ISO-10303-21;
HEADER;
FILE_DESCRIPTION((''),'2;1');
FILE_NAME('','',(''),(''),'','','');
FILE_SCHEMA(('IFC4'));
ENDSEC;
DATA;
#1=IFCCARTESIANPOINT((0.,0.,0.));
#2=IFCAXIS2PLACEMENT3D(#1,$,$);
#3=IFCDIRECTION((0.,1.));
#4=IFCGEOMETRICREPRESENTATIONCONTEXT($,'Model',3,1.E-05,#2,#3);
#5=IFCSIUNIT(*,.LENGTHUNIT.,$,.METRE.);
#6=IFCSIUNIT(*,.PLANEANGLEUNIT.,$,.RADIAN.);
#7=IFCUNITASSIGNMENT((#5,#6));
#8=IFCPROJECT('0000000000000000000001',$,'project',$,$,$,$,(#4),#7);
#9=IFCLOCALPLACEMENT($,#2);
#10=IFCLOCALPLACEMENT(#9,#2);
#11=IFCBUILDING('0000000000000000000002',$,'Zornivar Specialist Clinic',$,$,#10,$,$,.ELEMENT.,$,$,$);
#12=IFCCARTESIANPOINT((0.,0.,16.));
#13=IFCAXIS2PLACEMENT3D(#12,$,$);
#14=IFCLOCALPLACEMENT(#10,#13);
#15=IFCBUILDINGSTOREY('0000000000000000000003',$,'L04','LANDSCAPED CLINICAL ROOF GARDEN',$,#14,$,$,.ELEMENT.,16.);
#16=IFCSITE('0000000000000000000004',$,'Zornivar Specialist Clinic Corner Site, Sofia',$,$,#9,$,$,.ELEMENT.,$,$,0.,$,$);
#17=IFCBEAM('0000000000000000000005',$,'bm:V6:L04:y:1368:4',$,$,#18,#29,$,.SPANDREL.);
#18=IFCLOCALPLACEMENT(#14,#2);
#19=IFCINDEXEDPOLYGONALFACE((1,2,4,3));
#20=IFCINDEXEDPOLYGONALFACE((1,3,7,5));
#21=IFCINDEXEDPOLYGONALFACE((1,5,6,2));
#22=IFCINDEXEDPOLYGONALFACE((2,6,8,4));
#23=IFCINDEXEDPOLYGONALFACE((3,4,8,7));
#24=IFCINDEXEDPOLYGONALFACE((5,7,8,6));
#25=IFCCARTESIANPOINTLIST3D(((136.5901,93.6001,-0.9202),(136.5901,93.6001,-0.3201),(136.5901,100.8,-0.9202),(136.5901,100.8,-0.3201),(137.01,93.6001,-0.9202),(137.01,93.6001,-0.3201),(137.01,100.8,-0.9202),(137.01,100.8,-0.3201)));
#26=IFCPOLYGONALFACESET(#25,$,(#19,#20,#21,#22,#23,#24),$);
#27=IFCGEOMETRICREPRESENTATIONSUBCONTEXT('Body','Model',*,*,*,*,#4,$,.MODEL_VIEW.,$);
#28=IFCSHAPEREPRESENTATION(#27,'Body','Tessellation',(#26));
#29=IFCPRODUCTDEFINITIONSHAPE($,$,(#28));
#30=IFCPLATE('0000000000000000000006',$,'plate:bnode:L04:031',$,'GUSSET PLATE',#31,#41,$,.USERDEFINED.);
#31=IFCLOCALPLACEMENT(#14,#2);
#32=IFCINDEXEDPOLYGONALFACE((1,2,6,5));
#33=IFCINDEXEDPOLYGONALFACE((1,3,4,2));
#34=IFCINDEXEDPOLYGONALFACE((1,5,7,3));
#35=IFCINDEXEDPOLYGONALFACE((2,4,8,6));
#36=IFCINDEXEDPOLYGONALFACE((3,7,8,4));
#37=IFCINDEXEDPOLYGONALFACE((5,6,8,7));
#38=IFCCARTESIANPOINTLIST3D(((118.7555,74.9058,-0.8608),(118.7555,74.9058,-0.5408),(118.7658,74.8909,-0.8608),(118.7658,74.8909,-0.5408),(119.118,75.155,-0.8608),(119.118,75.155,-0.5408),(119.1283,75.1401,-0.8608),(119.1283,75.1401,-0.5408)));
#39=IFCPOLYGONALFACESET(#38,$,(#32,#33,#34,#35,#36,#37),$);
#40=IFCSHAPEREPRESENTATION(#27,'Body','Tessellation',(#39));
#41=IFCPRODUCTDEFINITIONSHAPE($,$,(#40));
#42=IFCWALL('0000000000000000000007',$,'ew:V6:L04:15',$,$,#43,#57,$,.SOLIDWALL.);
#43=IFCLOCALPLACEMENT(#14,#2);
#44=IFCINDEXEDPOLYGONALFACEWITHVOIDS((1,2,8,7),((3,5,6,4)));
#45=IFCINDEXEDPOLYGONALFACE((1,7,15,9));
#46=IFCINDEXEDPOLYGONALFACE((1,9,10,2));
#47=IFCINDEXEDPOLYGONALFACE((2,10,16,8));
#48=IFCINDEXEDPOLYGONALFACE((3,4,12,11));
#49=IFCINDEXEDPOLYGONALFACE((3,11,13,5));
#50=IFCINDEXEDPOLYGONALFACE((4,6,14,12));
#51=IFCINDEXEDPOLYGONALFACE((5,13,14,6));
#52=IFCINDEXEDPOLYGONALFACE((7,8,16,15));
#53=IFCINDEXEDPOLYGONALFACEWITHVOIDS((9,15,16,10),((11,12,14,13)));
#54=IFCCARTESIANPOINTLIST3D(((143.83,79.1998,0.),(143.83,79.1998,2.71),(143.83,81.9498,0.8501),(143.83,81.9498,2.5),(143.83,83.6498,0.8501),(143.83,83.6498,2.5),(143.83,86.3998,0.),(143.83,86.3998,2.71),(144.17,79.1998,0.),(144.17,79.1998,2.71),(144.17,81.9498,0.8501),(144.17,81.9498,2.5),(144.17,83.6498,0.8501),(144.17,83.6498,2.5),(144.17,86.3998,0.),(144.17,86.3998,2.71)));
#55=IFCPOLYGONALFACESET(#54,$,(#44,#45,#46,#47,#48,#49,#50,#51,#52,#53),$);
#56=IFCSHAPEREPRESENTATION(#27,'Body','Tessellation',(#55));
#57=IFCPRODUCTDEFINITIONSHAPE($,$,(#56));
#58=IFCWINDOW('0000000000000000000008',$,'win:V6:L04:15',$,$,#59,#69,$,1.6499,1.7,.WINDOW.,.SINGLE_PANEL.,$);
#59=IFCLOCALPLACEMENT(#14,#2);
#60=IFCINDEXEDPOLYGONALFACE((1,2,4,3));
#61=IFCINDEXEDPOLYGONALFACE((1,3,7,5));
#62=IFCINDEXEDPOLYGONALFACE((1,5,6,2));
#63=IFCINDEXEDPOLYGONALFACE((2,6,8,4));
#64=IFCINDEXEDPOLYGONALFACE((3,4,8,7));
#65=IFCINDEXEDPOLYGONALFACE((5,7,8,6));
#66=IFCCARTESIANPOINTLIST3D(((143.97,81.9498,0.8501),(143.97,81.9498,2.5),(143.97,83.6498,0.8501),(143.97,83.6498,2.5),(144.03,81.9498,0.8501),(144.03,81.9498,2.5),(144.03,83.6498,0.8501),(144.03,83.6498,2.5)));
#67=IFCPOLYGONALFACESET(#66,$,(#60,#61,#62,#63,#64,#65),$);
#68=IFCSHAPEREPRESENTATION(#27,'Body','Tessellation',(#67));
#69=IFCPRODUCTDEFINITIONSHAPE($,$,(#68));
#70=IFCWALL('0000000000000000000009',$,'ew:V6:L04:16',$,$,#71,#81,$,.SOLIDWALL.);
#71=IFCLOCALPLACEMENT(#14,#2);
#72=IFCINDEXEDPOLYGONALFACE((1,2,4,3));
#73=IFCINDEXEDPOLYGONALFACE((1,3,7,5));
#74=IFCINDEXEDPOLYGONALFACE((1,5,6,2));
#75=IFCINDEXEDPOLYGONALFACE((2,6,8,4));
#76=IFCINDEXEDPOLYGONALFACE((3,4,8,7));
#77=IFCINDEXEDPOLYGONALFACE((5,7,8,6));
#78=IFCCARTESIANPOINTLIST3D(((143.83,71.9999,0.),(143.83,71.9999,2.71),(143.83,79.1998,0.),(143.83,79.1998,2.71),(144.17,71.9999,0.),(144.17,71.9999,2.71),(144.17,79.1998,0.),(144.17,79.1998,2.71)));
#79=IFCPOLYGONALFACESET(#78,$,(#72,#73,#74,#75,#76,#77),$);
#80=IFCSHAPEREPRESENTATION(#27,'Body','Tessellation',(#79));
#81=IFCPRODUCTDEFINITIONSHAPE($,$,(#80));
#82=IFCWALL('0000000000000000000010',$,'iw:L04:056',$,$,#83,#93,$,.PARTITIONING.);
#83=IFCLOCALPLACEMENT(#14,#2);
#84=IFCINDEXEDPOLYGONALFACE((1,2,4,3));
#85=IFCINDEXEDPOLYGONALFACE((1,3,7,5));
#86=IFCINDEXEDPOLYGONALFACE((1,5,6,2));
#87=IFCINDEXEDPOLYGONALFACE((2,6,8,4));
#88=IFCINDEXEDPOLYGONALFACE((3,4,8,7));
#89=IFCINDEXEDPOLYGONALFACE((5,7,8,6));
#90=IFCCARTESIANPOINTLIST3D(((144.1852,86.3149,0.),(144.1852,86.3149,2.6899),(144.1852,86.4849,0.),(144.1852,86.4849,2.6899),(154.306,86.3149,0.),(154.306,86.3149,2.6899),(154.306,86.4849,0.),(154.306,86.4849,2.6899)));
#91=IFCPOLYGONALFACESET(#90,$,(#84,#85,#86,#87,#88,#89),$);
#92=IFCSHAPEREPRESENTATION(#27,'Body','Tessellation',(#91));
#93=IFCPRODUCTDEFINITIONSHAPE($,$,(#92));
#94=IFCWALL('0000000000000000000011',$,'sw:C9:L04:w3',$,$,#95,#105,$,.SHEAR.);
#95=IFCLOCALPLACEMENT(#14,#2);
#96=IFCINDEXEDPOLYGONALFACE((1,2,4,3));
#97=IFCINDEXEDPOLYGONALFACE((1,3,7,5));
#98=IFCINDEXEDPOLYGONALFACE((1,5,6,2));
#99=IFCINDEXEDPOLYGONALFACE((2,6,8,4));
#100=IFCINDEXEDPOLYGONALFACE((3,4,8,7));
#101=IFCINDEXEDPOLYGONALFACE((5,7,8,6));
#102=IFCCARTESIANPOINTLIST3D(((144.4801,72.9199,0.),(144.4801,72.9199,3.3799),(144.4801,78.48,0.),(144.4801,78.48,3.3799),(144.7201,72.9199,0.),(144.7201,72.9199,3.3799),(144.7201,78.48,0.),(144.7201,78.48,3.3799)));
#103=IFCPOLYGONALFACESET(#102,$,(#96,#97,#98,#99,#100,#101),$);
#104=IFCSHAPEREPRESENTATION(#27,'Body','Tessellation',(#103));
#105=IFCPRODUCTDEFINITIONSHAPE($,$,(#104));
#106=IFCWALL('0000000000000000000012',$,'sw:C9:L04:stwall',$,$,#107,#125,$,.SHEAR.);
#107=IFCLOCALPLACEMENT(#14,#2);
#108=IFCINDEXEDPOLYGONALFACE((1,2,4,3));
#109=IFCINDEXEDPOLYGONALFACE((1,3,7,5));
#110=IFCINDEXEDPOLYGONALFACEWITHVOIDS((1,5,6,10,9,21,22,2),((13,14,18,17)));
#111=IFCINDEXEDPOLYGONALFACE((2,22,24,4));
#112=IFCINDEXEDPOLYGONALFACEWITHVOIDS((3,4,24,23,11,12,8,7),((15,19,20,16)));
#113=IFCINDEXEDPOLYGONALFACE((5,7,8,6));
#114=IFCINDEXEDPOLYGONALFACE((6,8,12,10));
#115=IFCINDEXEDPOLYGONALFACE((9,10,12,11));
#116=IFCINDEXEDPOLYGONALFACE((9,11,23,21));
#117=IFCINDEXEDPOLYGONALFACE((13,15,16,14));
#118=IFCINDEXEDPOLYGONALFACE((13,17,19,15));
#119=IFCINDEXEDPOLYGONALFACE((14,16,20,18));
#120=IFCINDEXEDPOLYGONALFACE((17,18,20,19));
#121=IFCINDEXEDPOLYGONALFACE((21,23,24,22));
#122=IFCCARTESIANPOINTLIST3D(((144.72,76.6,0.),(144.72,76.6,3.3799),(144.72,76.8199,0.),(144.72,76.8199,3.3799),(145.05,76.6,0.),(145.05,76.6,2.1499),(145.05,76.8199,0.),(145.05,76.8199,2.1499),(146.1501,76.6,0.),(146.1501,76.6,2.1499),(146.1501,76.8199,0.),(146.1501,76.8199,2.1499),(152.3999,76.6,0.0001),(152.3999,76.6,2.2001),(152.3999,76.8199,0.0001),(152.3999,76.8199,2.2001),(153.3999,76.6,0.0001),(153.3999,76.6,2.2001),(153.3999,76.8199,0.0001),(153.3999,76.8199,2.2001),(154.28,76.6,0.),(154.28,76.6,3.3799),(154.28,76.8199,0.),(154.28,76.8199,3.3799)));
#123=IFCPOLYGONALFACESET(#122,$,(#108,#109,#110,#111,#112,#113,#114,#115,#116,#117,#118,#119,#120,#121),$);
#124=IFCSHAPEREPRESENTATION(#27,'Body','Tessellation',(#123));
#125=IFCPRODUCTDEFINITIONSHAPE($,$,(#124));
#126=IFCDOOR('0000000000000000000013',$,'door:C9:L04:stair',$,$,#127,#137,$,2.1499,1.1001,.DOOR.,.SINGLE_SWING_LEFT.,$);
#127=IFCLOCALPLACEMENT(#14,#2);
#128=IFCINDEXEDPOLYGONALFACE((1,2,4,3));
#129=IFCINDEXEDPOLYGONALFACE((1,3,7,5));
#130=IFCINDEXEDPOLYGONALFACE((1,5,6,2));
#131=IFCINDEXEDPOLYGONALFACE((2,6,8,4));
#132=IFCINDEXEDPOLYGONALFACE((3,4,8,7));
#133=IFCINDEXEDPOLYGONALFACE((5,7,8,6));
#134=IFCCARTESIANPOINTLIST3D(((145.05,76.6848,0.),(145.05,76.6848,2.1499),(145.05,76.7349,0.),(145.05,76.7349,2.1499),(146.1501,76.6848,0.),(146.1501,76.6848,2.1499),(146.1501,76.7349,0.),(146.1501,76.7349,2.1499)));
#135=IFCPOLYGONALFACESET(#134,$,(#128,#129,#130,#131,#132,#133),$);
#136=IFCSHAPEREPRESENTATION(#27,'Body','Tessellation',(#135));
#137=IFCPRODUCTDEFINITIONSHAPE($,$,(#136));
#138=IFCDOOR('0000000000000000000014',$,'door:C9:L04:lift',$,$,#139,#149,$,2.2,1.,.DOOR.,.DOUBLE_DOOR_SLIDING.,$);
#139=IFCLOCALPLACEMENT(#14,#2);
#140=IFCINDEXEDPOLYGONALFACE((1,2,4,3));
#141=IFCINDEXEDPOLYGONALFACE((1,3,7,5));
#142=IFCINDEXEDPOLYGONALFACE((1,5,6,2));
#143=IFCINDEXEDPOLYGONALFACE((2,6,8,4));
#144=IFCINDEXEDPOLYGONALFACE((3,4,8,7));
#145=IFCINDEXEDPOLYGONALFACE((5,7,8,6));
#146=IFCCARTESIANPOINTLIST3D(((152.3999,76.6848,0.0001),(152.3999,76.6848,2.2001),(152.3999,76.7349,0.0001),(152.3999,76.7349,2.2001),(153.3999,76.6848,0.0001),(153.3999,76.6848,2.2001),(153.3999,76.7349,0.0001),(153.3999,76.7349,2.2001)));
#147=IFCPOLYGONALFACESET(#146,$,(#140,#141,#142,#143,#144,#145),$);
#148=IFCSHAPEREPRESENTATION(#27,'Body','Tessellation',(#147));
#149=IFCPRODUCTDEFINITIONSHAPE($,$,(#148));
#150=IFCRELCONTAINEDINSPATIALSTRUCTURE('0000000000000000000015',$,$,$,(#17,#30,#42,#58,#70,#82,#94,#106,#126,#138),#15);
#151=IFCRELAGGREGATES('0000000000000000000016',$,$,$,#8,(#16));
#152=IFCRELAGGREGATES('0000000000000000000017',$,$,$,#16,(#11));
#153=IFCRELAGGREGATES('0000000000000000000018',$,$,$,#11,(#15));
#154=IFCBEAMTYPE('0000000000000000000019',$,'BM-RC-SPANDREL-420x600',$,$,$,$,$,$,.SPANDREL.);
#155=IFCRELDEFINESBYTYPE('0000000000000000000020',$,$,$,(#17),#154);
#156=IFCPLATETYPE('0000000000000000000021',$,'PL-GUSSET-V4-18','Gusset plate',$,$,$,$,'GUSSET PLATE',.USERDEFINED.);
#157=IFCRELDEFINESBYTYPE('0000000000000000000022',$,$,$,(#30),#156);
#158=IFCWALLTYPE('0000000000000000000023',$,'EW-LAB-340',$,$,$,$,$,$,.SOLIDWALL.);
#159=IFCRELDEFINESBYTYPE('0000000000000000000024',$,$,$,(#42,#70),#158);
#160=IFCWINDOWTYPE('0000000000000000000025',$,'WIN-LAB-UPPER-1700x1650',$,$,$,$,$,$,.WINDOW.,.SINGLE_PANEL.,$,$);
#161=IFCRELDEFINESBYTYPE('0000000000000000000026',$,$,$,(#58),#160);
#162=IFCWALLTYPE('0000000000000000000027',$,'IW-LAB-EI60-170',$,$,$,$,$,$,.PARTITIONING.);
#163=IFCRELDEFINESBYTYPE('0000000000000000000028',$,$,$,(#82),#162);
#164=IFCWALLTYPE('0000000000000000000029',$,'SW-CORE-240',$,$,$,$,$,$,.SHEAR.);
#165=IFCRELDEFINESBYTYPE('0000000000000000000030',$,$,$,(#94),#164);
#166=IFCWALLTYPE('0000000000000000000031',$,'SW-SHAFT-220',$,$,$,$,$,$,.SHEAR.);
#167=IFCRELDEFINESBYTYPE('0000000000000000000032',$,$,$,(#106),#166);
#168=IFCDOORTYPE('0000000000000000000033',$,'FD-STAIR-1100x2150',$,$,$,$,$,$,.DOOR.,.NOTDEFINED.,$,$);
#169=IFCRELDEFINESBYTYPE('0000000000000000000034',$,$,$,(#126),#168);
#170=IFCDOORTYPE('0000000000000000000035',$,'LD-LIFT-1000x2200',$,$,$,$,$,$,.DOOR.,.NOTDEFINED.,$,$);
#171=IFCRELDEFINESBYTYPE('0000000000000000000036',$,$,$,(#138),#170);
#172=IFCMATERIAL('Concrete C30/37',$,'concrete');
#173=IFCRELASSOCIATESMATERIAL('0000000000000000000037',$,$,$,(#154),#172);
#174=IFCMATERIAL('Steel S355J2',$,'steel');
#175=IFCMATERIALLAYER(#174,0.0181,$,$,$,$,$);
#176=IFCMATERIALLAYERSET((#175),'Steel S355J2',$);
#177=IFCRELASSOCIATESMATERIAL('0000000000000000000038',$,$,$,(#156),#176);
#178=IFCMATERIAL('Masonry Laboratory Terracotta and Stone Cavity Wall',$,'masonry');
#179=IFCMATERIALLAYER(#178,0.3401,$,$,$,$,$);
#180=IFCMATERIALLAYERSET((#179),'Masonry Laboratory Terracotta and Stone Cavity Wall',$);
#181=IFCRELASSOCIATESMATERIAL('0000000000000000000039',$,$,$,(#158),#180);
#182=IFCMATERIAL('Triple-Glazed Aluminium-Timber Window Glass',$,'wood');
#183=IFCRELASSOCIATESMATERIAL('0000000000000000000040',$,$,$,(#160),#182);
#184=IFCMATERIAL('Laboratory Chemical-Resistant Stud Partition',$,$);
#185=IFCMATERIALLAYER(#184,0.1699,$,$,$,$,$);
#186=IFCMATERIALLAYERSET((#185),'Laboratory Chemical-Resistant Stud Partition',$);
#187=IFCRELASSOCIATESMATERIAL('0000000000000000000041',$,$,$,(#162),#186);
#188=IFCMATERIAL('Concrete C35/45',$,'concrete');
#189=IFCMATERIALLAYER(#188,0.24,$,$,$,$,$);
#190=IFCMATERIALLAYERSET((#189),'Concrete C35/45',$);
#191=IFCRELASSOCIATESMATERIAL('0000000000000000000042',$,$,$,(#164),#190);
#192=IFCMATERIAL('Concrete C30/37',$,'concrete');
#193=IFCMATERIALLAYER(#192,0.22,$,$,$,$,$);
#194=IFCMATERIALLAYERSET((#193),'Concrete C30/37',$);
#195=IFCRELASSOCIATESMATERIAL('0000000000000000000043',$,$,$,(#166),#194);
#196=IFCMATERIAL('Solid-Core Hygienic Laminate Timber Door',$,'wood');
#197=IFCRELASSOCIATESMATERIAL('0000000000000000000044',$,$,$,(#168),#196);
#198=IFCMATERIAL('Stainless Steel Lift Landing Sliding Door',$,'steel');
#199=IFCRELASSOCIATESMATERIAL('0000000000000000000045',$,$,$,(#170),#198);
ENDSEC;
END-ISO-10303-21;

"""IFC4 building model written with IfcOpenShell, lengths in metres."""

from ifc_helpers import new_model, si_unit, direction, frame, frame_2d, origin, origin_2d, place, context, subcontext, project, spatial, rectangle, extrude, material, layer, layer_set, material_profile, profile_set, type_object, element, fill, save


model = new_model("IFC4")

# Units and contexts
model_context = context("Model", 3, precision=1e-05, world=origin(), true_north=direction((0.0, 1.0)))
body_context = subcontext(model_context, "Body", "Model", "MODEL_VIEW")
ifc_project = project(units=[si_unit("LENGTHUNIT", "METRE"), si_unit("PLANEANGLEUNIT", "RADIAN")], contexts=[model_context])

# Site, building, storey
site_placement = place(None, origin())
site = spatial("IfcSite", under=ifc_project, at=site_placement, Name="Zornivar Specialist Clinic Corner Site, Sofia", CompositionType="ELEMENT", RefElevation=0.0)
building_placement = place(site_placement, origin())
building = spatial("IfcBuilding", under=site, at=building_placement, Name="Zornivar Specialist Clinic", CompositionType="ELEMENT")
storey_placement = place(building_placement, frame((0.0, 0.0, 16.0)))
storey = spatial("IfcBuildingStorey", under=building, at=storey_placement, Name="L04", Description="LANDSCAPED CLINICAL ROOF GARDEN", CompositionType="ELEMENT", Elevation=16.0)

# Beam
ifc_material_1 = material(Name="Concrete C30/37", Category="concrete")
ifc_material_profile_1 = material_profile(ifc_material_1, rectangle(XDim=0.4199, YDim=0.6001, at=origin_2d()), Name="RC 420x600")
ifc_profile_set_1 = profile_set([ifc_material_profile_1], Name="Concrete C30/37")
beam_type_1 = type_object("IfcBeamType", Name="BM-RC-SPANDREL-420x600", PredefinedType="SPANDREL", material=ifc_profile_set_1)
beam_1_placement = place(storey_placement, frame((136.8, 93.6001, -0.6201), z_axis=(0.0, 1.0, 0.0), x_axis=(-1.0, 0.0, 0.0)))
element("IfcBeam", 1, at=beam_1_placement, inside=storey, type_object=beam_type_1, Name="bm:V6:L04:y:1368:4", PredefinedType="SPANDREL", context=body_context, shape_type="SweptSolid", body=[
    extrude(rectangle(XDim=0.4199, YDim=0.6001, at=origin_2d()), origin(), (0.0, 0.0, 1.0), 7.2),
])

# Plate
ifc_material_2 = material(Name="Steel S355J2", Category="steel")
ifc_layer_1 = layer(ifc_material_2, 0.0181)
ifc_layer_set_1 = layer_set([ifc_layer_1], Name="Steel S355J2")
plate_type = type_object("IfcPlateType", Name="PL-GUSSET-V4-18", Description="Gusset plate", ElementType="GUSSET PLATE", PredefinedType="USERDEFINED", material=ifc_layer_set_1)
plate_placement = place(storey_placement, frame((118.9419, 75.0229, -0.8608), z_axis=(0.0, 0.0, 1.0), x_axis=(0.824027, 0.56655, 0.0)))
element("IfcPlate", 2, at=plate_placement, inside=storey, type_object=plate_type, Name="plate:bnode:L04:031", ObjectType="GUSSET PLATE", PredefinedType="USERDEFINED", context=body_context, shape_type="SweptSolid", body=[
    extrude(rectangle(XDim=0.4399, YDim=0.0181, at=origin_2d()), origin(), (0.0, 0.0, 1.0), 0.3201),
])

# Wall, opening, window
ifc_material_3 = material(Name="Masonry Laboratory Terracotta and Stone Cavity Wall", Category="masonry")
ifc_layer_2 = layer(ifc_material_3, 0.3401)
ifc_layer_set_2 = layer_set([ifc_layer_2], Name="Masonry Laboratory Terracotta and Stone Cavity Wall")
wall_type_1 = type_object("IfcWallType", Name="EW-LAB-340", PredefinedType="SOLIDWALL", material=ifc_layer_set_2)
wall_1_placement = place(storey_placement, frame((144.0, 86.3999, 0.0), z_axis=(0.0, 0.0, 1.0), x_axis=(0.0, -1.0, 0.0)))
wall_1 = element("IfcWall", 3, at=wall_1_placement, inside=storey, type_object=wall_type_1, Name="ew:V6:L04:15", PredefinedType="SOLIDWALL", context=body_context, shape_type="SweptSolid", body=[
    extrude(rectangle(XDim=7.2, YDim=0.3401, at=frame_2d((3.6001, 0.0))), origin(), (0.0, 0.0, 1.0), 2.71),
])
opening_1_placement = place(wall_1_placement, frame((2.75, 0.0, 0.8501)))
opening_1 = element("IfcOpeningElement", 4, at=opening_1_placement, cuts=wall_1, PredefinedType="OPENING", context=body_context, shape_type="SweptSolid", body=[
    extrude(rectangle(XDim=1.7, YDim=1.6499, at=frame_2d((0.8501, 0.825))), frame((0.0, 0.1799, 0.0), z_axis=(0.0, -1.0, 0.0), x_axis=(1.0, 0.0, 0.0)), (0.0, 0.0, 1.0), 0.3601),
])
ifc_material_4 = material(Name="Triple-Glazed Aluminium-Timber Window Glass", Category="wood")
window_type = type_object("IfcWindowType", Name="WIN-LAB-UPPER-1700x1650", PartitioningType="SINGLE_PANEL", PredefinedType="WINDOW", material=ifc_material_4)
window_placement = place(opening_1_placement, origin())
window = element("IfcWindow", 5, at=window_placement, inside=storey, type_object=window_type, Name="win:V6:L04:15", OverallHeight=1.6499, OverallWidth=1.7, PartitioningType="SINGLE_PANEL", PredefinedType="WINDOW", context=body_context, shape_type="SweptSolid", body=[
    extrude(rectangle(XDim=1.7, YDim=1.6499, at=frame_2d((0.8501, 0.825))), frame((0.0, 0.03, 0.0), z_axis=(0.0, -1.0, 0.0), x_axis=(1.0, 0.0, 0.0)), (0.0, 0.0, 1.0), 0.0601),
])
fill(opening_1, window)

# Walls
wall_2_placement = place(storey_placement, frame((144.0, 79.2, 0.0), z_axis=(0.0, 0.0, 1.0), x_axis=(0.0, -1.0, 0.0)))
element("IfcWall", 6, at=wall_2_placement, inside=storey, type_object=wall_type_1, Name="ew:V6:L04:16", PredefinedType="SOLIDWALL", context=body_context, shape_type="SweptSolid", body=[
    extrude(rectangle(XDim=7.2, YDim=0.3401, at=frame_2d((3.6001, 0.0))), origin(), (0.0, 0.0, 1.0), 2.71),
])
ifc_material_5 = material(Name="Laboratory Chemical-Resistant Stud Partition")
ifc_layer_3 = layer(ifc_material_5, 0.1699)
ifc_layer_set_3 = layer_set([ifc_layer_3], Name="Laboratory Chemical-Resistant Stud Partition")
wall_type_2 = type_object("IfcWallType", Name="IW-LAB-EI60-170", PredefinedType="PARTITIONING", material=ifc_layer_set_3)
wall_3_placement = place(storey_placement, frame((144.1851, 86.3999, 0.0), z_axis=(0.0, 0.0, 1.0), x_axis=(1.0, 0.0, 0.0)))
element("IfcWall", 7, at=wall_3_placement, inside=storey, type_object=wall_type_2, Name="iw:L04:056", PredefinedType="PARTITIONING", context=body_context, shape_type="SweptSolid", body=[
    extrude(rectangle(XDim=10.1208, YDim=0.1699, at=frame_2d((5.0605, 0.0))), origin(), (0.0, 0.0, 1.0), 2.6899),
])
ifc_material_6 = material(Name="Concrete C35/45", Category="concrete")
ifc_layer_4 = layer(ifc_material_6, 0.24)
ifc_layer_set_4 = layer_set([ifc_layer_4], Name="Concrete C35/45")
wall_type_3 = type_object("IfcWallType", Name="SW-CORE-240", PredefinedType="SHEAR", material=ifc_layer_set_4)
wall_4_placement = place(storey_placement, frame((144.6001, 78.48, 0.0), z_axis=(0.0, 0.0, 1.0), x_axis=(0.0, -1.0, 0.0)))
element("IfcWall", 8, at=wall_4_placement, inside=storey, type_object=wall_type_3, Name="sw:C9:L04:w3", PredefinedType="SHEAR", context=body_context, shape_type="SweptSolid", body=[
    extrude(rectangle(XDim=5.5601, YDim=0.24, at=frame_2d((2.78, 0.0))), origin(), (0.0, 0.0, 1.0), 3.3799),
])

# Wall, openings, doors
ifc_material_7 = material(Name="Concrete C30/37", Category="concrete")
ifc_layer_5 = layer(ifc_material_7, 0.22)
ifc_layer_set_5 = layer_set([ifc_layer_5], Name="Concrete C30/37")
wall_type_4 = type_object("IfcWallType", Name="SW-SHAFT-220", PredefinedType="SHEAR", material=ifc_layer_set_5)
wall_5_placement = place(storey_placement, frame((144.72, 76.71, 0.0), z_axis=(0.0, 0.0, 1.0), x_axis=(1.0, 0.0, 0.0)))
wall_5 = element("IfcWall", 9, at=wall_5_placement, inside=storey, type_object=wall_type_4, Name="sw:C9:L04:stwall", PredefinedType="SHEAR", context=body_context, shape_type="SweptSolid", body=[
    extrude(rectangle(XDim=9.5601, YDim=0.22, at=frame_2d((4.78, 0.0))), origin(), (0.0, 0.0, 1.0), 3.3799),
])
opening_2_placement = place(wall_5_placement, frame((0.3301, 0.0, 0.0)))
opening_2 = element("IfcOpeningElement", 10, at=opening_2_placement, cuts=wall_5, PredefinedType="OPENING", context=body_context, shape_type="SweptSolid", body=[
    extrude(rectangle(XDim=1.1001, YDim=2.1499, at=frame_2d((0.55, 1.075))), frame((0.0, 0.1199, 0.0), z_axis=(0.0, -1.0, 0.0), x_axis=(1.0, 0.0, 0.0)), (0.0, 0.0, 1.0), 0.24),
])
opening_3_placement = place(wall_5_placement, frame((7.6799, 0.0, 0.0)))
opening_3 = element("IfcOpeningElement", 11, at=opening_3_placement, cuts=wall_5, PredefinedType="OPENING", context=body_context, shape_type="SweptSolid", body=[
    extrude(rectangle(XDim=1.0, YDim=2.2, at=frame_2d((0.5, 1.1001))), frame((0.0, 0.1199, 0.0), z_axis=(0.0, -1.0, 0.0), x_axis=(1.0, 0.0, 0.0)), (0.0, 0.0, 1.0), 0.24),
])
ifc_material_8 = material(Name="Solid-Core Hygienic Laminate Timber Door", Category="wood")
door_type_1 = type_object("IfcDoorType", Name="FD-STAIR-1100x2150", OperationType="NOTDEFINED", PredefinedType="DOOR", material=ifc_material_8)
door_1_placement = place(opening_2_placement, origin())
door_1 = element("IfcDoor", 12, at=door_1_placement, inside=storey, type_object=door_type_1, Name="door:C9:L04:stair", OperationType="SINGLE_SWING_LEFT", OverallHeight=2.1499, OverallWidth=1.1001, PredefinedType="DOOR", context=body_context, shape_type="SweptSolid", body=[
    extrude(rectangle(XDim=1.1001, YDim=2.1499, at=frame_2d((0.55, 1.075))), frame((0.0, 0.0249, 0.0), z_axis=(0.0, -1.0, 0.0), x_axis=(1.0, 0.0, 0.0)), (0.0, 0.0, 1.0), 0.05),
])
fill(opening_2, door_1)
ifc_material_9 = material(Name="Stainless Steel Lift Landing Sliding Door", Category="steel")
door_type_2 = type_object("IfcDoorType", Name="LD-LIFT-1000x2200", OperationType="NOTDEFINED", PredefinedType="DOOR", material=ifc_material_9)
door_2_placement = place(opening_3_placement, origin())
door_2 = element("IfcDoor", 13, at=door_2_placement, inside=storey, type_object=door_type_2, Name="door:C9:L04:lift", OperationType="DOUBLE_DOOR_SLIDING", OverallHeight=2.2, OverallWidth=1.0, PredefinedType="DOOR", context=body_context, shape_type="SweptSolid", body=[
    extrude(rectangle(XDim=1.0, YDim=2.2, at=frame_2d((0.5, 1.1001))), frame((0.0, 0.0249, 0.0), z_axis=(0.0, -1.0, 0.0), x_axis=(1.0, 0.0, 0.0)), (0.0, 0.0, 1.0), 0.05),
])
fill(opening_3, door_2)

save(model, "model.ifc")
